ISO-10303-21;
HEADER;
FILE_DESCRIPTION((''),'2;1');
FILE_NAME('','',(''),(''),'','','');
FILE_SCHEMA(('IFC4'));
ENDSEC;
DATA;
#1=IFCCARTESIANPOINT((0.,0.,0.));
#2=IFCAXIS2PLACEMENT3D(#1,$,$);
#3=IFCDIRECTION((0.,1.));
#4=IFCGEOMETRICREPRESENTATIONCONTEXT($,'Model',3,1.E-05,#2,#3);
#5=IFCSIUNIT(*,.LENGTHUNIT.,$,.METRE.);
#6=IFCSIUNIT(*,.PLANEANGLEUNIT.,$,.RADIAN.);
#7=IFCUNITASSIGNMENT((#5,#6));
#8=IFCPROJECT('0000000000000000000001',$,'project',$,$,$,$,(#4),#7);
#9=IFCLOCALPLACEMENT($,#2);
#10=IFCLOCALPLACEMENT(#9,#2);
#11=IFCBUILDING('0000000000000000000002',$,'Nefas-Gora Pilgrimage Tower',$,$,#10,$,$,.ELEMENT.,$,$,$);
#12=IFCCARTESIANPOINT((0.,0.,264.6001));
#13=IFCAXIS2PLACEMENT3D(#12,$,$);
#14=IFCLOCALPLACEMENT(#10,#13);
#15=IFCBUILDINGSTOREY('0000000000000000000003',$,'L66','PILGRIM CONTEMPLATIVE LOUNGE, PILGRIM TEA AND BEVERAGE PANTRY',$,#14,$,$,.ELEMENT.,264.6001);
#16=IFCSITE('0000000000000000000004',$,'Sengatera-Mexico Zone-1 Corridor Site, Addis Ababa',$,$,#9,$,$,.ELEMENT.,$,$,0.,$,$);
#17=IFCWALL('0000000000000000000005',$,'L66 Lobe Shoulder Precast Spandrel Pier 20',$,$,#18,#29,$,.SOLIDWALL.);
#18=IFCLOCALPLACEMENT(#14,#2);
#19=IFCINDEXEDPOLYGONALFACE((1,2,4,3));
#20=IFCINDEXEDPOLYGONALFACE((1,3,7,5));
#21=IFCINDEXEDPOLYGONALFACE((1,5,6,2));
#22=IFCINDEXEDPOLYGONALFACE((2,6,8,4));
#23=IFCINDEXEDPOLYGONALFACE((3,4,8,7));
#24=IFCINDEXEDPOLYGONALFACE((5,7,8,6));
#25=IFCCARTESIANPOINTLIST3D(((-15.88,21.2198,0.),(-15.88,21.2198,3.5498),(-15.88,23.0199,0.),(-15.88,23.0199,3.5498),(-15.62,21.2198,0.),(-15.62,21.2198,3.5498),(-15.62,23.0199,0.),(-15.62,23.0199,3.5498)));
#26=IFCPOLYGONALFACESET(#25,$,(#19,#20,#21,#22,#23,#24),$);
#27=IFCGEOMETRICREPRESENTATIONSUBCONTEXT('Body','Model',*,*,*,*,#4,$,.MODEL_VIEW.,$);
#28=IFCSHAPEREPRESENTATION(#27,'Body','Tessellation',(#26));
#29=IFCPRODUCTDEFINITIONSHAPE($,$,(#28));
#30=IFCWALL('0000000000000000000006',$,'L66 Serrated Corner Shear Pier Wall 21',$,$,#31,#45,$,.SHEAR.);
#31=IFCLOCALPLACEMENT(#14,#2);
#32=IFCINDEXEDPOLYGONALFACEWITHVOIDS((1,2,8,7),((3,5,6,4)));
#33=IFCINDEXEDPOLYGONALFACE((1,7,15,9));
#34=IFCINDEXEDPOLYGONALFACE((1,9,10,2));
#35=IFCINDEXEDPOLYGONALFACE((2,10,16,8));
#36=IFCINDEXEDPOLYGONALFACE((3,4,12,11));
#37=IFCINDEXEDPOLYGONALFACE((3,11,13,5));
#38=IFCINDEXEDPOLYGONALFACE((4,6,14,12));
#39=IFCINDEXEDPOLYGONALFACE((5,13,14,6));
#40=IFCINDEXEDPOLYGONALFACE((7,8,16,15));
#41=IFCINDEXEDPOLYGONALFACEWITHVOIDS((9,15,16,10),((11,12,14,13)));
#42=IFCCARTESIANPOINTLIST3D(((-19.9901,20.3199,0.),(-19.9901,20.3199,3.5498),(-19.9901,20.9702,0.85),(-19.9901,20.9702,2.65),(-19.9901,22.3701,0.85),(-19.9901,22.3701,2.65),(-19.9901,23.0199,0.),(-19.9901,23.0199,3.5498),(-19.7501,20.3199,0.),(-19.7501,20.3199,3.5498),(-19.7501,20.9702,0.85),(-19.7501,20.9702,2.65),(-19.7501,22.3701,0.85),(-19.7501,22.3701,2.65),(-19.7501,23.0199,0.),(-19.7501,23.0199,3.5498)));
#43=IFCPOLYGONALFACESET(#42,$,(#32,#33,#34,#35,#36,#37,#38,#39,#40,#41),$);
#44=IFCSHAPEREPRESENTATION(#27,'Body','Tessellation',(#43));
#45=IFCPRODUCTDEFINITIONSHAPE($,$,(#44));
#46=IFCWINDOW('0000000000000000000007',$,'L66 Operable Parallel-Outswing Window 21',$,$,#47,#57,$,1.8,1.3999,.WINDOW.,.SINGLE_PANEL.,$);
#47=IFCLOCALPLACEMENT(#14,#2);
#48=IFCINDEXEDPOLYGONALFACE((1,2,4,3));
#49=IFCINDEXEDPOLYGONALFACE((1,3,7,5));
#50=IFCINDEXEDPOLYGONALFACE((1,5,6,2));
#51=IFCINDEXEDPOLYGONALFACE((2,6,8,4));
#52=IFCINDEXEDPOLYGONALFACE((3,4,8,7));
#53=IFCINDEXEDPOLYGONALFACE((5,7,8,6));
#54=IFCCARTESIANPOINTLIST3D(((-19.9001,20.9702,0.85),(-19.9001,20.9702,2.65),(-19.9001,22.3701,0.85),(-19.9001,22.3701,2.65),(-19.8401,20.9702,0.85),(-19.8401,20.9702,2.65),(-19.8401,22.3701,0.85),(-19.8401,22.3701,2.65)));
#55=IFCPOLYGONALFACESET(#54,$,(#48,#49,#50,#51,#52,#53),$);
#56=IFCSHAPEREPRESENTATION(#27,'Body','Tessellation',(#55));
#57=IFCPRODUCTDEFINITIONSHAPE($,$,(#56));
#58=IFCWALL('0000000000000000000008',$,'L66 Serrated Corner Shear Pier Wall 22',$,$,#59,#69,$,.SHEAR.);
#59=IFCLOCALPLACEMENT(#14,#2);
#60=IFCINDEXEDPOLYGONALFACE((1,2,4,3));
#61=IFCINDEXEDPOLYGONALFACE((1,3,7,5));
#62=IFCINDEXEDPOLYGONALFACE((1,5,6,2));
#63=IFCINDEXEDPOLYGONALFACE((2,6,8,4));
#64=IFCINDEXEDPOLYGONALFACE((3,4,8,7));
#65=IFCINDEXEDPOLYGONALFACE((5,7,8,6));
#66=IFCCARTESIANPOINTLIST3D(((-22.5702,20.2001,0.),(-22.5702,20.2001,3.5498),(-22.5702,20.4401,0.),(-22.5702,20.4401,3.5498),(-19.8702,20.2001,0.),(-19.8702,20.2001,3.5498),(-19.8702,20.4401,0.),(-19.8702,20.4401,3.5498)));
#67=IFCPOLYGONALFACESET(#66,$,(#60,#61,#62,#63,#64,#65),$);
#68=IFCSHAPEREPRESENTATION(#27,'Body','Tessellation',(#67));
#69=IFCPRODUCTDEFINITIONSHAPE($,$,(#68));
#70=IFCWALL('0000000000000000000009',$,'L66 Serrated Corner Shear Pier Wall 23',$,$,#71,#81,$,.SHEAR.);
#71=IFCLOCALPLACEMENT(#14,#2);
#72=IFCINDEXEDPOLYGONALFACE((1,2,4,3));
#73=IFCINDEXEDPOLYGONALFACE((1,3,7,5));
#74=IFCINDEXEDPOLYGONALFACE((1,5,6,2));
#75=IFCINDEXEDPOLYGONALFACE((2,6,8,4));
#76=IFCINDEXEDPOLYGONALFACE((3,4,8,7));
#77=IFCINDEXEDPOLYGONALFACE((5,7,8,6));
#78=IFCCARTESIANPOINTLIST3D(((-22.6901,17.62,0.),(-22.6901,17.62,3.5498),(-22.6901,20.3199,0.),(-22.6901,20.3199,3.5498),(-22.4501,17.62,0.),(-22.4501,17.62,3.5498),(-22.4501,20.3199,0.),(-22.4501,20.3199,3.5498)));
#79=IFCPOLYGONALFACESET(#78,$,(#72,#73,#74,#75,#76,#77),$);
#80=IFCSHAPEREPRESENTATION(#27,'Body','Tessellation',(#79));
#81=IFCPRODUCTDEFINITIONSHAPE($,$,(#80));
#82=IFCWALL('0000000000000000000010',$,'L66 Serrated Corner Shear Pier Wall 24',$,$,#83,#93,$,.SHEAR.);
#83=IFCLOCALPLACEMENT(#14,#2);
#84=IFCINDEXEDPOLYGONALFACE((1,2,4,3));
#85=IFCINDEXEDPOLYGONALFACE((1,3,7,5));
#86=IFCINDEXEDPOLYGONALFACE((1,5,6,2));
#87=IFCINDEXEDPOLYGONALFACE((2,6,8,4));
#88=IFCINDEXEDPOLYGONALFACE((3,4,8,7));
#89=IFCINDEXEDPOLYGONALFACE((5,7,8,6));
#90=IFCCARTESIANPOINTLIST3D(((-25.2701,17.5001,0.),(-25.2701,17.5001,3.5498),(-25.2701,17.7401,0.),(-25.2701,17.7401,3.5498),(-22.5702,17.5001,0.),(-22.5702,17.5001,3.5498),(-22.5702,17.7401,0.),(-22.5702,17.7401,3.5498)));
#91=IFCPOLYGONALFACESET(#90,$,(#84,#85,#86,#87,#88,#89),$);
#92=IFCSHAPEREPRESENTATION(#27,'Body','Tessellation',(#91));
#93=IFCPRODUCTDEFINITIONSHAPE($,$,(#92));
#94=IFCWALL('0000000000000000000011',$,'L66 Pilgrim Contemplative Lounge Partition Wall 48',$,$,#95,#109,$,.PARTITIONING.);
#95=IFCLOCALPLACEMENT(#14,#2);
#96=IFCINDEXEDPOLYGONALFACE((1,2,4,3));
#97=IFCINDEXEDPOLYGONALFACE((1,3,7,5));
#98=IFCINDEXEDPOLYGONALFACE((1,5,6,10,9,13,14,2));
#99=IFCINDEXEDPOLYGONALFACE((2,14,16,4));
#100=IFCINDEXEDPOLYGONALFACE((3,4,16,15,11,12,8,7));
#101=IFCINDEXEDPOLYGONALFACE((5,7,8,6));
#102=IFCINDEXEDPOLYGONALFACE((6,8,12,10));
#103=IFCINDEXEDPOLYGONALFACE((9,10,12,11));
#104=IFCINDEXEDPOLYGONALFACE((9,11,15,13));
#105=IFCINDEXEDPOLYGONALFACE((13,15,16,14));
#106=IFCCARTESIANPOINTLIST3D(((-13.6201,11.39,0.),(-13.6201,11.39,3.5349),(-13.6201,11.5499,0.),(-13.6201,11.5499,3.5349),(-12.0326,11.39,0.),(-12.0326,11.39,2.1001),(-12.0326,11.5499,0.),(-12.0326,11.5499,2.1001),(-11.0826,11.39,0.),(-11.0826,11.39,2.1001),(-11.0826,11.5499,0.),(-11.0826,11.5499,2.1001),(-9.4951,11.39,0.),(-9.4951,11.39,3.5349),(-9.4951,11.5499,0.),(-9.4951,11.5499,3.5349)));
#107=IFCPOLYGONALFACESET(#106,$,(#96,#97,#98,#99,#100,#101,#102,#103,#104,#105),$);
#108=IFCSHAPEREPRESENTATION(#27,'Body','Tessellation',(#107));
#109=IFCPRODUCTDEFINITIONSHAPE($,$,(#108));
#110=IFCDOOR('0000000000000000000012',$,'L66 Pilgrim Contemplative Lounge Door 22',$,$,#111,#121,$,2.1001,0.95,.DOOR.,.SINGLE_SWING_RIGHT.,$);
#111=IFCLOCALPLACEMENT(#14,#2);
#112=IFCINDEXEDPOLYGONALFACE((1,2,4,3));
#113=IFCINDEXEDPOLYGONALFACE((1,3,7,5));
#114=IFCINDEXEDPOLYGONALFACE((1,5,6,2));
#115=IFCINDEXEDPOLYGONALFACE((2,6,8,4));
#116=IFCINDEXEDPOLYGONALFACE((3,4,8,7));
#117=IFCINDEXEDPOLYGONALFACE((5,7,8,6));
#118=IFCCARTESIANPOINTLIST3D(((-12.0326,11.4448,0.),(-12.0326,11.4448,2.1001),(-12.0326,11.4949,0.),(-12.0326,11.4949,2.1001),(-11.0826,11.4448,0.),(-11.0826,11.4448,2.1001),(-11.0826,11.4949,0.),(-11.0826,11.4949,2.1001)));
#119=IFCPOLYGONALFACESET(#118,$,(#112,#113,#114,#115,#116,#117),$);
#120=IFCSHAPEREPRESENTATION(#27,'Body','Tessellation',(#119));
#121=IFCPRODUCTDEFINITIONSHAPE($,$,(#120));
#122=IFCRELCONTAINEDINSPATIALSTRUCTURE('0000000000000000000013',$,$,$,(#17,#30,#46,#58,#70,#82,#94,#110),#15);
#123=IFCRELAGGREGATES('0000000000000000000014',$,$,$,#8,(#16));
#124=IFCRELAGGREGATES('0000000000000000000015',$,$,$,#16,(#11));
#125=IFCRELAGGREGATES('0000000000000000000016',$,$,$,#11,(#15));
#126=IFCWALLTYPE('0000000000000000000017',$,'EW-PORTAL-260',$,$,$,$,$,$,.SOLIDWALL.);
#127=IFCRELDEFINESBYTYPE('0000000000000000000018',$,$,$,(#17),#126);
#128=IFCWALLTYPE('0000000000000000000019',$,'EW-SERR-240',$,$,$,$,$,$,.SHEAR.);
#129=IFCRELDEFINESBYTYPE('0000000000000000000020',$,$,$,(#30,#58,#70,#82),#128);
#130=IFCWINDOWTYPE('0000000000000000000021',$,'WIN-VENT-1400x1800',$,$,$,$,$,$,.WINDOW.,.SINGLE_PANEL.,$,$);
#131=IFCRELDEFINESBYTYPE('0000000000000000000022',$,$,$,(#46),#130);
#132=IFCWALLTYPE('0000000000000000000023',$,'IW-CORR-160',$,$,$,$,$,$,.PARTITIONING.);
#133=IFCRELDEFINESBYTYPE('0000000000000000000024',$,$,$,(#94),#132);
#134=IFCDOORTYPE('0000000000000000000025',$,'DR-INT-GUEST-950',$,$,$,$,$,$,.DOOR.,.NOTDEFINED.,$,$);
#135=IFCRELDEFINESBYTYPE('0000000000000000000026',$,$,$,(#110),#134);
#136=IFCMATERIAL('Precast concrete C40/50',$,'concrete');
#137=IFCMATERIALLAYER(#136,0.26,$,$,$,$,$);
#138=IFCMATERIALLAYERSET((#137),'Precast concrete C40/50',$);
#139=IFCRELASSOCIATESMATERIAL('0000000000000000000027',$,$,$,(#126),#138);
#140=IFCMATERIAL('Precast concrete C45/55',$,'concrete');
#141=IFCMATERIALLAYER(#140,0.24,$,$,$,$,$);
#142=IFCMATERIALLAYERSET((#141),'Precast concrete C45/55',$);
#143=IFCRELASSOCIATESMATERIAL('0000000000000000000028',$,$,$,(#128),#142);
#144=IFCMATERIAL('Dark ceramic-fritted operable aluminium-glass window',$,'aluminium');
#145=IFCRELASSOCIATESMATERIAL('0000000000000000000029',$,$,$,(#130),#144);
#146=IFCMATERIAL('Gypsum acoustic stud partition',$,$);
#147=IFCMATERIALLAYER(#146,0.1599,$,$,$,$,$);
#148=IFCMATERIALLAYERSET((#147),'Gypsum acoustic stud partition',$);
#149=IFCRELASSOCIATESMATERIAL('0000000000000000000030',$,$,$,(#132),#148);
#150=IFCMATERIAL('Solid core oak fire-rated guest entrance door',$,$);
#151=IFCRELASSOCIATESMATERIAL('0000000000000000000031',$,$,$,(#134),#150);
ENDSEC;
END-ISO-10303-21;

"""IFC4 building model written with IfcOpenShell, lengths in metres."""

from ifc_helpers import new_model, si_unit, direction, frame, frame_2d, origin, place, context, subcontext, project, spatial, rectangle, extrude, source, transform, mapped, material, layer, layer_set, type_object, element, fill, save


model = new_model("IFC4")

# Units and contexts
model_context = context("Model", 3, precision=1e-05, world=origin(), true_north=direction((0.0, 1.0)))
body_context = subcontext(model_context, "Body", "Model", "MODEL_VIEW")
ifc_project = project(units=[si_unit("LENGTHUNIT", "METRE"), si_unit("PLANEANGLEUNIT", "RADIAN")], contexts=[model_context])

# Site, building, storey
site_placement = place(None, origin())
site = spatial("IfcSite", under=ifc_project, at=site_placement, Name="Sengatera-Mexico Zone-1 Corridor Site, Addis Ababa", CompositionType="ELEMENT", RefElevation=0.0)
building_placement = place(site_placement, origin())
building = spatial("IfcBuilding", under=site, at=building_placement, Name="Nefas-Gora Pilgrimage Tower", CompositionType="ELEMENT")
storey_placement = place(building_placement, frame((0.0, 0.0, 264.6001)))
storey = spatial("IfcBuildingStorey", under=building, at=storey_placement, Name="L66", Description="PILGRIM CONTEMPLATIVE LOUNGE, PILGRIM TEA AND BEVERAGE PANTRY", CompositionType="ELEMENT", Elevation=264.6001)

# Wall
ifc_material_1 = material(Name="Precast concrete C40/50", Category="concrete")
ifc_layer_1 = layer(ifc_material_1, 0.26)
ifc_layer_set_1 = layer_set([ifc_layer_1], Name="Precast concrete C40/50")
wall_type_1 = type_object("IfcWallType", Name="EW-PORTAL-260", PredefinedType="SOLIDWALL", material=ifc_layer_set_1)
shared_shape_1 = source(origin(), body_context, "Body", "SweptSolid", [
    extrude(rectangle(XDim=1.8, YDim=0.26, at=frame_2d((0.8999, 0.0))), origin(), (0.0, 0.0, 1.0), 3.5498),
])
wall_1_placement = place(storey_placement, frame((-15.75, 21.22, 0.0), z_axis=(0.0, 0.0, 1.0), x_axis=(0.0, 1.0, 0.0)))
element("IfcWall", 1, at=wall_1_placement, inside=storey, type_object=wall_type_1, Name="L66 Lobe Shoulder Precast Spandrel Pier 20", PredefinedType="SOLIDWALL", context=body_context, shape_type="MappedRepresentation", body=[
    mapped(shared_shape_1, transform((0.0, 0.0, 0.0), x_axis=(1.0, 0.0, 0.0), y_axis=(0.0, 1.0, 0.0), z_axis=(0.0, 0.0, 1.0), scale=1.0)),
])

# Wall, opening, window
ifc_material_2 = material(Name="Precast concrete C45/55", Category="concrete")
ifc_layer_2 = layer(ifc_material_2, 0.24)
ifc_layer_set_2 = layer_set([ifc_layer_2], Name="Precast concrete C45/55")
wall_type_2 = type_object("IfcWallType", Name="EW-SERR-240", PredefinedType="SHEAR", material=ifc_layer_set_2)
shared_shape_2 = source(origin(), body_context, "Body", "SweptSolid", [
    extrude(rectangle(XDim=2.7, YDim=0.24, at=frame_2d((1.3501, 0.0))), origin(), (0.0, 0.0, 1.0), 3.5498),
])
wall_2_placement = place(storey_placement, frame((-19.8701, 23.02, 0.0), z_axis=(0.0, 0.0, 1.0), x_axis=(0.0, -1.0, 0.0)))
wall_2 = element("IfcWall", 2, at=wall_2_placement, inside=storey, type_object=wall_type_2, Name="L66 Serrated Corner Shear Pier Wall 21", PredefinedType="SHEAR", context=body_context, shape_type="MappedRepresentation", body=[
    mapped(shared_shape_2, transform((0.0, 0.0, 0.0), x_axis=(1.0, 0.0, 0.0), y_axis=(0.0, 1.0, 0.0), z_axis=(0.0, 0.0, 1.0), scale=1.0)),
])
opening_1_placement = place(wall_2_placement, frame((0.6499, 0.0, 0.8501)))
opening_1 = element("IfcOpeningElement", 3, at=opening_1_placement, cuts=wall_2, PredefinedType="OPENING", context=body_context, shape_type="SweptSolid", body=[
    extrude(rectangle(XDim=1.3999, YDim=1.8, at=frame_2d((0.7, 0.8999))), frame((0.0, 0.1299, 0.0), z_axis=(0.0, -1.0, 0.0), x_axis=(1.0, 0.0, 0.0)), (0.0, 0.0, 1.0), 0.26),
])
ifc_material_3 = material(Name="Dark ceramic-fritted operable aluminium-glass window", Category="aluminium")
window_type = type_object("IfcWindowType", Name="WIN-VENT-1400x1800", PartitioningType="SINGLE_PANEL", PredefinedType="WINDOW", material=ifc_material_3)
shared_shape_3 = source(origin(), body_context, "Body", "SweptSolid", [
    extrude(rectangle(XDim=1.3999, YDim=1.8, at=frame_2d((0.7, 0.8999))), frame((0.0, 0.03, 0.0), z_axis=(0.0, -1.0, 0.0), x_axis=(1.0, 0.0, 0.0)), (0.0, 0.0, 1.0), 0.0601),
])
window_placement = place(opening_1_placement, origin())
window = element("IfcWindow", 4, at=window_placement, inside=storey, type_object=window_type, Name="L66 Operable Parallel-Outswing Window 21", OverallHeight=1.8, OverallWidth=1.3999, PartitioningType="SINGLE_PANEL", PredefinedType="WINDOW", context=body_context, shape_type="MappedRepresentation", body=[
    mapped(shared_shape_3, transform((0.0, 0.0, 0.0), x_axis=(1.0, 0.0, 0.0), y_axis=(0.0, 1.0, 0.0), z_axis=(0.0, 0.0, 1.0), scale=1.0)),
])
fill(opening_1, window)

# Walls
for number, where, z_axis, x_axis, name in (
    (5, (-19.8701, 20.3201, 0.0), (0.0, 0.0, 1.0), (-1.0, 0.0, 0.0), "L66 Serrated Corner Shear Pier Wall 22"),
    (6, (-22.5701, 20.3201, 0.0), (0.0, 0.0, 1.0), (0.0, -1.0, 0.0), "L66 Serrated Corner Shear Pier Wall 23"),
    (7, (-22.5701, 17.6201, 0.0), (0.0, 0.0, 1.0), (-1.0, 0.0, 0.0), "L66 Serrated Corner Shear Pier Wall 24"),
):
    element("IfcWall", number, at=place(storey_placement, frame(where, z_axis=z_axis, x_axis=x_axis)), inside=storey, type_object=wall_type_2, Name=name, PredefinedType="SHEAR", context=body_context, shape_type="MappedRepresentation", body=[
        mapped(shared_shape_2, transform((0.0, 0.0, 0.0), x_axis=(1.0, 0.0, 0.0), y_axis=(0.0, 1.0, 0.0), z_axis=(0.0, 0.0, 1.0), scale=1.0)),
    ])

# Wall, opening, door
ifc_material_4 = material(Name="Gypsum acoustic stud partition")
ifc_layer_3 = layer(ifc_material_4, 0.1599)
ifc_layer_set_3 = layer_set([ifc_layer_3], Name="Gypsum acoustic stud partition")
wall_type_3 = type_object("IfcWallType", Name="IW-CORR-160", PredefinedType="PARTITIONING", material=ifc_layer_set_3)
shared_shape_4 = source(origin(), body_context, "Body", "SweptSolid", [
    extrude(rectangle(XDim=4.125, YDim=0.1599, at=frame_2d((2.0625, 0.0))), origin(), (0.0, 0.0, 1.0), 3.5349),
])
wall_3_placement = place(storey_placement, frame((-13.6201, 11.47, 0.0), z_axis=(0.0, 0.0, 1.0), x_axis=(1.0, 0.0, 0.0)))
wall_3 = element("IfcWall", 8, at=wall_3_placement, inside=storey, type_object=wall_type_3, Name="L66 Pilgrim Contemplative Lounge Partition Wall 48", PredefinedType="PARTITIONING", context=body_context, shape_type="MappedRepresentation", body=[
    mapped(shared_shape_4, transform((0.0, 0.0, 0.0), x_axis=(1.0, 0.0, 0.0), y_axis=(0.0, 1.0, 0.0), z_axis=(0.0, 0.0, 1.0), scale=1.0)),
])
opening_2_placement = place(wall_3_placement, frame((1.5874, 0.0, 0.0)))
opening_2 = element("IfcOpeningElement", 9, at=opening_2_placement, cuts=wall_3, PredefinedType="OPENING", context=body_context, shape_type="SweptSolid", body=[
    extrude(rectangle(XDim=0.95, YDim=2.1001, at=frame_2d((0.4751, 1.05))), frame((0.0, 0.0898, 0.0), z_axis=(0.0, -1.0, 0.0), x_axis=(1.0, 0.0, 0.0)), (0.0, 0.0, 1.0), 0.1799),
])
ifc_material_5 = material(Name="Solid core oak fire-rated guest entrance door")
door_type = type_object("IfcDoorType", Name="DR-INT-GUEST-950", OperationType="NOTDEFINED", PredefinedType="DOOR", material=ifc_material_5)
shared_shape_5 = source(origin(), body_context, "Body", "SweptSolid", [
    extrude(rectangle(XDim=0.95, YDim=2.1001, at=frame_2d((0.4751, 1.05))), frame((0.0, 0.0249, 0.0), z_axis=(0.0, -1.0, 0.0), x_axis=(1.0, 0.0, 0.0)), (0.0, 0.0, 1.0), 0.05),
])
door_placement = place(opening_2_placement, origin())
door = element("IfcDoor", 10, at=door_placement, inside=storey, type_object=door_type, Name="L66 Pilgrim Contemplative Lounge Door 22", OperationType="SINGLE_SWING_RIGHT", OverallHeight=2.1001, OverallWidth=0.95, PredefinedType="DOOR", context=body_context, shape_type="MappedRepresentation", body=[
    mapped(shared_shape_5, transform((0.0, 0.0, 0.0), x_axis=(1.0, 0.0, 0.0), y_axis=(0.0, 1.0, 0.0), z_axis=(0.0, 0.0, 1.0), scale=1.0)),
])
fill(opening_2, door)

save(model, "model.ifc")
